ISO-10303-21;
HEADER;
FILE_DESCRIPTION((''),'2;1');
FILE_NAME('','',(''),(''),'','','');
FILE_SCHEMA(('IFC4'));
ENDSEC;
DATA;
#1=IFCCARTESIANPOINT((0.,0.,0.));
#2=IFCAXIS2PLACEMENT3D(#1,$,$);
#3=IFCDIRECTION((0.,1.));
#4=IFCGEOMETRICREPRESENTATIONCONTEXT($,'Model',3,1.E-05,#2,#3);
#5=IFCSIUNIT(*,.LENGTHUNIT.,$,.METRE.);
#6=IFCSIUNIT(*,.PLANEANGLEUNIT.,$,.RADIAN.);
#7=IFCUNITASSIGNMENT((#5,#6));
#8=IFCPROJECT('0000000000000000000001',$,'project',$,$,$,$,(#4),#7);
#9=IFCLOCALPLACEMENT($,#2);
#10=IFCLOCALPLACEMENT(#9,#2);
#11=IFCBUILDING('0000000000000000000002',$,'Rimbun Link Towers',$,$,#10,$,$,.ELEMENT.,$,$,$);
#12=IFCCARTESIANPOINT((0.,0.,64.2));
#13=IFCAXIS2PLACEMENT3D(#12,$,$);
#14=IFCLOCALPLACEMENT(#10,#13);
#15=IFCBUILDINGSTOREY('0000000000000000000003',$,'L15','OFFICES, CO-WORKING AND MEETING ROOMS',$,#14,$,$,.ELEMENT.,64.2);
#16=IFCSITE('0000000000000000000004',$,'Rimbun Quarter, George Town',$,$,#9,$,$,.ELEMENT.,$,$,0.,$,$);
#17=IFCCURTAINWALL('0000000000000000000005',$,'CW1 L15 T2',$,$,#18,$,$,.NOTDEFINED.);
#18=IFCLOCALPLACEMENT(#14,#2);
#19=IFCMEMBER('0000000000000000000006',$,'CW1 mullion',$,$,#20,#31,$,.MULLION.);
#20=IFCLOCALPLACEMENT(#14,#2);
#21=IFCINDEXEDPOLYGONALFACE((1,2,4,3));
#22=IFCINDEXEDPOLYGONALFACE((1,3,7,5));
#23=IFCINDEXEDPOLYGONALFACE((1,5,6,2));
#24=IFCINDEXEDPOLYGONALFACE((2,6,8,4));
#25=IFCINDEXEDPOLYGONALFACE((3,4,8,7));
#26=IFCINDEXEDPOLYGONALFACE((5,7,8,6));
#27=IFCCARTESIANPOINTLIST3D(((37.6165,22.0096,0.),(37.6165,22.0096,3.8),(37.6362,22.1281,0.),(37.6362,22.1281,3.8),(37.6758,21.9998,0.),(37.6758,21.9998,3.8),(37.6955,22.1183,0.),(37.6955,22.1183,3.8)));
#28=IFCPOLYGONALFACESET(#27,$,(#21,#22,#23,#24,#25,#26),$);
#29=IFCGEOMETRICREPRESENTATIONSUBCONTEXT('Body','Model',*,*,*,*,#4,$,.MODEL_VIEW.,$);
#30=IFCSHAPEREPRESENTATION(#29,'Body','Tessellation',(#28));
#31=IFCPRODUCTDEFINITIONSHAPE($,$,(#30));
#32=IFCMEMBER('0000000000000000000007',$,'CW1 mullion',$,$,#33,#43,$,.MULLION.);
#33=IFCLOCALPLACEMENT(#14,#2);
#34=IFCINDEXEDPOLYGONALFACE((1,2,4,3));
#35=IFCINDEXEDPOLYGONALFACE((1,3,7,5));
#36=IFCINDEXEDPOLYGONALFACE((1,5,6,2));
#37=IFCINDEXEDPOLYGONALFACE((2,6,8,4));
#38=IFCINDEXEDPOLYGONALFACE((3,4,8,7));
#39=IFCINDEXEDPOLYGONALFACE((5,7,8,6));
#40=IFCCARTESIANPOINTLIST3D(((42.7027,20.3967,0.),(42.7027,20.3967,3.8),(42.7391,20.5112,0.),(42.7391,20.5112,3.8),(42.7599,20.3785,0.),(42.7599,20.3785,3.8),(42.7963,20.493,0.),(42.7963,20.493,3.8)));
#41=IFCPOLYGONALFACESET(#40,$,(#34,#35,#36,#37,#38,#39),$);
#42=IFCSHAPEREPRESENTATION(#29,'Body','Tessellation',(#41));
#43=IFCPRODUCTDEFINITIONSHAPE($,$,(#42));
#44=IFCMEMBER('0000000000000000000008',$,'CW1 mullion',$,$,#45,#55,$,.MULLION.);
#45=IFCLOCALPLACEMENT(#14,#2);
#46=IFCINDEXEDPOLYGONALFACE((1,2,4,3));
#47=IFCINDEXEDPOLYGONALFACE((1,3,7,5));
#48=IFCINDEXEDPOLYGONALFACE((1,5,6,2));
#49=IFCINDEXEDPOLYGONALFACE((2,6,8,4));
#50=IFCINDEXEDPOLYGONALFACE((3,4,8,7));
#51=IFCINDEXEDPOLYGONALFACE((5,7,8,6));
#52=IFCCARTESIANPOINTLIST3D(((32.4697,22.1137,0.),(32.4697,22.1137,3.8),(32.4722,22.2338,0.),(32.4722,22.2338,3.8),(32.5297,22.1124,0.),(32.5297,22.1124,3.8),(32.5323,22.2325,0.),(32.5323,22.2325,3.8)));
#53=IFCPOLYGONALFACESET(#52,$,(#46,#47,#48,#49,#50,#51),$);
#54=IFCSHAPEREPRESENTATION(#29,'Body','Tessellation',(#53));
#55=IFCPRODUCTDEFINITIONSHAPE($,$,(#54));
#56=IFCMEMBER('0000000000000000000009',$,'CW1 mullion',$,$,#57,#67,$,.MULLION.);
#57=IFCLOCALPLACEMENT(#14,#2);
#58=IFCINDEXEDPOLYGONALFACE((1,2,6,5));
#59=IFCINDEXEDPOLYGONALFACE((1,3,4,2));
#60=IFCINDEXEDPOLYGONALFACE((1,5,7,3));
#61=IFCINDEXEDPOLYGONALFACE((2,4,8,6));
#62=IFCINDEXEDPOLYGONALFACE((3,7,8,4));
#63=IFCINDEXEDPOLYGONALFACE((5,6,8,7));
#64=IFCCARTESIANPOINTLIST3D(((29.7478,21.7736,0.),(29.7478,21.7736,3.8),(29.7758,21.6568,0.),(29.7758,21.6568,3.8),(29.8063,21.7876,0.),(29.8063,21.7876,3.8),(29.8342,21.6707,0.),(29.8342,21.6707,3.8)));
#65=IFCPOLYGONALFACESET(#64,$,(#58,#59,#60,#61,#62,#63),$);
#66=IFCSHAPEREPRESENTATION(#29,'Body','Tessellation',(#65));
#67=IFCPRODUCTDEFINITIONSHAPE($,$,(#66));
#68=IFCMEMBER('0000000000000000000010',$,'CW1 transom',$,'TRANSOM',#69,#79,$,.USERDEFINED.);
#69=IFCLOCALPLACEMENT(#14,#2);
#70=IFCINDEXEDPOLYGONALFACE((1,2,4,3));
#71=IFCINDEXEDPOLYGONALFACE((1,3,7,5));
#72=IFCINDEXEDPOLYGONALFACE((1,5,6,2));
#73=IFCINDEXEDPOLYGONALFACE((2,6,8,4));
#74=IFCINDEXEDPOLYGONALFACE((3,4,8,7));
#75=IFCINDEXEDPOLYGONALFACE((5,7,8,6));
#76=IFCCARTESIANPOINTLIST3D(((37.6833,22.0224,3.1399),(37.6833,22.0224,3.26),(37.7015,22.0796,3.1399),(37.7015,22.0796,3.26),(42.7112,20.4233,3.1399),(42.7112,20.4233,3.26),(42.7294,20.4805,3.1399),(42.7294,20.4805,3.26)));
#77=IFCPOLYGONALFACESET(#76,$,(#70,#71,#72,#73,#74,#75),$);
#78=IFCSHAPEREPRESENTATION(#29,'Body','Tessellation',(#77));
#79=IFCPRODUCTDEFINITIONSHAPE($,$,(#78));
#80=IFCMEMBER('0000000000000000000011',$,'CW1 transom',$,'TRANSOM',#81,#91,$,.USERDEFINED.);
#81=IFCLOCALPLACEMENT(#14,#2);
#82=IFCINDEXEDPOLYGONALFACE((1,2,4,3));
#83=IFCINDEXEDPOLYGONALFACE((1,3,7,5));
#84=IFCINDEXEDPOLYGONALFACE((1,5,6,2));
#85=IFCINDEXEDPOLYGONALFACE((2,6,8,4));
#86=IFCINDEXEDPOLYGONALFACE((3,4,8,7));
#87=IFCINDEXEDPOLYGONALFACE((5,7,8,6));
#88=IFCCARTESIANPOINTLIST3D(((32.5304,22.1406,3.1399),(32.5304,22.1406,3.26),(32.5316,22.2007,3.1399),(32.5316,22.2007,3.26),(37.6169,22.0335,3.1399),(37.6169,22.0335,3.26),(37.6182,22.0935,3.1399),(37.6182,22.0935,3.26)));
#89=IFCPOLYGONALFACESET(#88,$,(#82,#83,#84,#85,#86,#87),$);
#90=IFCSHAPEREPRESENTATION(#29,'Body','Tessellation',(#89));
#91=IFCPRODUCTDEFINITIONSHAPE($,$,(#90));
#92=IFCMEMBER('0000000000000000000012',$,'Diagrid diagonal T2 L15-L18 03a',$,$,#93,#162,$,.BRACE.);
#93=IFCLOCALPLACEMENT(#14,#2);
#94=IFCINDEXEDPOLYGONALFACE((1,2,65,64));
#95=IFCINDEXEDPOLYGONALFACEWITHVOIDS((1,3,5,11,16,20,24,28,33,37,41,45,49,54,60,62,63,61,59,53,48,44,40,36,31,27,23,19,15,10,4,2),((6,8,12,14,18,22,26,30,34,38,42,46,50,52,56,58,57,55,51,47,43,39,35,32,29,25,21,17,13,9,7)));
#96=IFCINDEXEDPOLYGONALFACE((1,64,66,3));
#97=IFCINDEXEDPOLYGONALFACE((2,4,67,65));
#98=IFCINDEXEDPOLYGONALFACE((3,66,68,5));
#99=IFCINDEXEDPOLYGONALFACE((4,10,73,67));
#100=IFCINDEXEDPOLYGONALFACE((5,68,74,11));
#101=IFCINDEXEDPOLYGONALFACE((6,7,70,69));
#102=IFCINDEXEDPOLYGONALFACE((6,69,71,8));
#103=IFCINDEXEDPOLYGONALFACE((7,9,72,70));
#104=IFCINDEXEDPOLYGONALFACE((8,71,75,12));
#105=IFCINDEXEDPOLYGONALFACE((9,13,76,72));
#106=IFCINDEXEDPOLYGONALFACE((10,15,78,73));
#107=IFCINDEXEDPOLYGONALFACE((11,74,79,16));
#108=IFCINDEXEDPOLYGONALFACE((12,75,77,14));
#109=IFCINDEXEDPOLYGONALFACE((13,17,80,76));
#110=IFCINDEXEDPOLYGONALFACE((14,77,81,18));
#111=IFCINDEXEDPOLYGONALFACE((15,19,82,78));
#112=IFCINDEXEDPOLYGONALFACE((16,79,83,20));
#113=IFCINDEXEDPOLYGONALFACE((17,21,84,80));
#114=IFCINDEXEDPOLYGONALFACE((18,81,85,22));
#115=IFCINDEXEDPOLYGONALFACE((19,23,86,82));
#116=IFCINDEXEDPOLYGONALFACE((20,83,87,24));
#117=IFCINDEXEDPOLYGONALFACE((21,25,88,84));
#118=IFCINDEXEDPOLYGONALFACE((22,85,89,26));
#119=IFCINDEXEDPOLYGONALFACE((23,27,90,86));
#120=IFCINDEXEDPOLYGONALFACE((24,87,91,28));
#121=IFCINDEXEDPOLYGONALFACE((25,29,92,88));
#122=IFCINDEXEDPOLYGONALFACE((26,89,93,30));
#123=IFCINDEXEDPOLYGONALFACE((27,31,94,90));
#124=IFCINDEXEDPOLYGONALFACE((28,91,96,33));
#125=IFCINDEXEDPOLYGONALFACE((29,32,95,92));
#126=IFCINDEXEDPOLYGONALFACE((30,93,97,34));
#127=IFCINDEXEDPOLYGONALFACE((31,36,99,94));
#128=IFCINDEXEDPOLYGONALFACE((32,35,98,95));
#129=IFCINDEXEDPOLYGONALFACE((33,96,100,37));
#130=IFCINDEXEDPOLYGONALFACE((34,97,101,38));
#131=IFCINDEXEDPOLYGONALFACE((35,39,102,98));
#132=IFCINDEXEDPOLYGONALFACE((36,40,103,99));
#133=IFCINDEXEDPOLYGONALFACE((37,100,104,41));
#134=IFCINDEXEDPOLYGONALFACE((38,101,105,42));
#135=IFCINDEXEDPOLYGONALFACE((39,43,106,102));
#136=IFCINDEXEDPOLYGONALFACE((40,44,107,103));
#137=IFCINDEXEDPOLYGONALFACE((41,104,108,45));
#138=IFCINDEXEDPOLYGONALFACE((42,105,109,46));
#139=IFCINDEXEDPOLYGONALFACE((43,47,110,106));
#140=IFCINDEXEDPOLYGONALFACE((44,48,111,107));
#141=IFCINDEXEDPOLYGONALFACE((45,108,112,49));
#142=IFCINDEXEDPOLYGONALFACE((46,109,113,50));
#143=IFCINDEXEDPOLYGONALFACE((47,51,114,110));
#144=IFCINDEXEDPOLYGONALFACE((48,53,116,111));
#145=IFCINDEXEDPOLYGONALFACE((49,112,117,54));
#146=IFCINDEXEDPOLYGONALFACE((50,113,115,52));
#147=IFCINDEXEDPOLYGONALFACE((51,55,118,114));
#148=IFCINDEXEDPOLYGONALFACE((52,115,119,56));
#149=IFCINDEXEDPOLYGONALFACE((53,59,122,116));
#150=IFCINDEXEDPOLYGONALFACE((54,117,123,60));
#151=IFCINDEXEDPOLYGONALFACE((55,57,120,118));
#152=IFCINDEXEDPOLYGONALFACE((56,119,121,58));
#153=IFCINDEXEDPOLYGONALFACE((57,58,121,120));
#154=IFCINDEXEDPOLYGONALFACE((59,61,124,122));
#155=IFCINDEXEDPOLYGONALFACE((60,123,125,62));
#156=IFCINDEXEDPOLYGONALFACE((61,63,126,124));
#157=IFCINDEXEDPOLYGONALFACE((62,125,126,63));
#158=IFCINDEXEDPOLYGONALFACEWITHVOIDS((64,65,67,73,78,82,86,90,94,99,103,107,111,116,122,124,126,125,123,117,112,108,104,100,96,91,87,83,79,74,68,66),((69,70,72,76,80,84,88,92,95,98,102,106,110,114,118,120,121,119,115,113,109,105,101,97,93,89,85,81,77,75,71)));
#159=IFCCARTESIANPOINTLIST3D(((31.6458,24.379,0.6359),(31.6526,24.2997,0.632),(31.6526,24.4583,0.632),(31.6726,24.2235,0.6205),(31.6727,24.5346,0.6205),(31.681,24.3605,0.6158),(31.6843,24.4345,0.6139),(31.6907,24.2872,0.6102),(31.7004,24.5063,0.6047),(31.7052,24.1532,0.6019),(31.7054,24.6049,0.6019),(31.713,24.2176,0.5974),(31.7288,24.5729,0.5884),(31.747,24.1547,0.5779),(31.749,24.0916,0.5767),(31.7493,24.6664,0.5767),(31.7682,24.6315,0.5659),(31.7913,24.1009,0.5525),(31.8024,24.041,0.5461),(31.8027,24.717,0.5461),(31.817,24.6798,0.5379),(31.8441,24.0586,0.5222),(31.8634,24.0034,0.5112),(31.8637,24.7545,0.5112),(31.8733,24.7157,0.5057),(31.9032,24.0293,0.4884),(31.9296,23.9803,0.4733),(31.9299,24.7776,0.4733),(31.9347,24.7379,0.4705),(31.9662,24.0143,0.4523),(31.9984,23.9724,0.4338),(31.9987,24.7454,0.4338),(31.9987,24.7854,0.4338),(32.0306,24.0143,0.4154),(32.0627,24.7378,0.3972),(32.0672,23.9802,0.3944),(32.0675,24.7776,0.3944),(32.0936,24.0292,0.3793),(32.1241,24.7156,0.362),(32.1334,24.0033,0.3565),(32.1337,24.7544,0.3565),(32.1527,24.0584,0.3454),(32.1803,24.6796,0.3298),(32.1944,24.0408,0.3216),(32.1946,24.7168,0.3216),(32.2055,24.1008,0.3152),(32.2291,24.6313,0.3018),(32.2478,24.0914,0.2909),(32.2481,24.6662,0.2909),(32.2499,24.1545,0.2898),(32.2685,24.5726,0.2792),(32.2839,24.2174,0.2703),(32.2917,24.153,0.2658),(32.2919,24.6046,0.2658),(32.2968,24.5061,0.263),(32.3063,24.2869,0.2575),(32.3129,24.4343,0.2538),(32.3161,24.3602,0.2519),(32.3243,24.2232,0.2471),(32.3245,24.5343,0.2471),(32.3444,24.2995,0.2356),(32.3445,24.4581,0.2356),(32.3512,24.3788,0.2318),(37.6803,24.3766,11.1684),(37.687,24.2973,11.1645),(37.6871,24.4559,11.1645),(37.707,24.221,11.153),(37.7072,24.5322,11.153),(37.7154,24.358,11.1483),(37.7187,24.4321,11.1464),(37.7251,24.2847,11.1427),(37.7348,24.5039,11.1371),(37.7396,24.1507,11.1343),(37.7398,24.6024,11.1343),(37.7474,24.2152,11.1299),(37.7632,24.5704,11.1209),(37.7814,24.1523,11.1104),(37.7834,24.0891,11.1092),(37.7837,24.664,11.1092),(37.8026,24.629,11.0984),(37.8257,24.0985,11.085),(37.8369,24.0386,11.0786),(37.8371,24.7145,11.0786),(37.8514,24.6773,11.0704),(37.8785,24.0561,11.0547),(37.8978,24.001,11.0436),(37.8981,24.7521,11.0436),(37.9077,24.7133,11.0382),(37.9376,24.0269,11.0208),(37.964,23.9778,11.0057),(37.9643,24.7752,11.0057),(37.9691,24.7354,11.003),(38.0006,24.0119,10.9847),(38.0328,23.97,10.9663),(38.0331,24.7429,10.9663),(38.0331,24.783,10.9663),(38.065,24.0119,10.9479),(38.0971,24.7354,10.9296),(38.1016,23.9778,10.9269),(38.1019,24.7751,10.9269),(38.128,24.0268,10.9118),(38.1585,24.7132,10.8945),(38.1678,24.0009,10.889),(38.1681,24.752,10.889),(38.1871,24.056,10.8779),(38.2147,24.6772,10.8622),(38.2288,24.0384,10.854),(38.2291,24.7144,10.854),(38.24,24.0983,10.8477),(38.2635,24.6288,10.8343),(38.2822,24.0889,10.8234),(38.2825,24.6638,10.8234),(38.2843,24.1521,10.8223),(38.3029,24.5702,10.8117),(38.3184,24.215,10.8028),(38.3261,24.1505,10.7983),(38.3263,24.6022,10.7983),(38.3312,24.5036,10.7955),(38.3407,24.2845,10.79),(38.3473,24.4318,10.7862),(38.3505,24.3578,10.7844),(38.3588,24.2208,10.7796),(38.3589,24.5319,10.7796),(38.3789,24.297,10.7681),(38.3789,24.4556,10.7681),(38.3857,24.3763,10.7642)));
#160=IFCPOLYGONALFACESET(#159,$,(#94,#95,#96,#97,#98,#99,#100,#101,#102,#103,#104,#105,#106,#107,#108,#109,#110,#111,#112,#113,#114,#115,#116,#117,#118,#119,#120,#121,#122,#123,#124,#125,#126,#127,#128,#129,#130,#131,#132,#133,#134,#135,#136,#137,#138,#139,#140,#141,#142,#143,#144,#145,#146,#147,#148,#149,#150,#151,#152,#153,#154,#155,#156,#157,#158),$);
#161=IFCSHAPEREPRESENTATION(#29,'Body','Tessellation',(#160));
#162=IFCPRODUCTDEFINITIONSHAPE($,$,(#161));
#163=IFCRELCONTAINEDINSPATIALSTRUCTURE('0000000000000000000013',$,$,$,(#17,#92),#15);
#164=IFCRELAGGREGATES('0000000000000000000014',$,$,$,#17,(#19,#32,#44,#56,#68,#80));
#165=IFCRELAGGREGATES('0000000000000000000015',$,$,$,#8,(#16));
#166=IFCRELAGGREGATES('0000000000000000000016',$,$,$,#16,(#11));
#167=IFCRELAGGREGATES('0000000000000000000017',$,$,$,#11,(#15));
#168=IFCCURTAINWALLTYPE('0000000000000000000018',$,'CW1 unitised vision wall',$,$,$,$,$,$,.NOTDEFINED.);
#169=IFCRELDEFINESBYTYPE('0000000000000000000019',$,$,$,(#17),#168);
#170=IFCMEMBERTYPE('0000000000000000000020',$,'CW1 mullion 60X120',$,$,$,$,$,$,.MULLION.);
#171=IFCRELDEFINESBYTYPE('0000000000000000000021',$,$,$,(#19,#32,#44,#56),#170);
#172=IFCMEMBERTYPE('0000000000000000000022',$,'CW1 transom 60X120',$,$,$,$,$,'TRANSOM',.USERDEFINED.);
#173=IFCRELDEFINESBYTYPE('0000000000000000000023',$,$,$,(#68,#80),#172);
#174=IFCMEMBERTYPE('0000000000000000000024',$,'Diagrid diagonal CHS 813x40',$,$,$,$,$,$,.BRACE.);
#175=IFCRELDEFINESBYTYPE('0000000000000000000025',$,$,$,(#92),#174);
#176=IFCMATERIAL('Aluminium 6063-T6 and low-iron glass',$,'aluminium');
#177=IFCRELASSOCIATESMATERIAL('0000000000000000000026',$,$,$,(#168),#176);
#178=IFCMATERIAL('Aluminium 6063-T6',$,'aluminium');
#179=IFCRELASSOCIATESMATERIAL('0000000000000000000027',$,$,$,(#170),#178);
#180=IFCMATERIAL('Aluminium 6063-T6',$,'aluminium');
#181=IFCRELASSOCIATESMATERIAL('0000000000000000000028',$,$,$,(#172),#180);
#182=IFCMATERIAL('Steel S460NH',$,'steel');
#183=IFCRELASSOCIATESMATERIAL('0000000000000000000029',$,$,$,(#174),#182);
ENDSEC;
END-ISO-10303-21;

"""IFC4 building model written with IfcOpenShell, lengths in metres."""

from ifc_helpers import new_model, si_unit, direction, frame, origin, origin_2d, place, context, subcontext, project, spatial, rectangle, hollow_circle, extrude, material, material_profile, profile_set, type_object, element, aggregate, save


model = new_model("IFC4")

# Units and contexts
model_context = context("Model", 3, precision=1e-05, world=origin(), true_north=direction((0.0, 1.0)))
body_context = subcontext(model_context, "Body", "Model", "MODEL_VIEW")
ifc_project = project(units=[si_unit("LENGTHUNIT", "METRE"), si_unit("PLANEANGLEUNIT", "RADIAN")], contexts=[model_context])

# Site, building, storey
site_placement = place(None, origin())
site = spatial("IfcSite", under=ifc_project, at=site_placement, Name="Rimbun Quarter, George Town", CompositionType="ELEMENT", RefElevation=0.0)
building_placement = place(site_placement, origin())
building = spatial("IfcBuilding", under=site, at=building_placement, Name="Rimbun Link Towers", CompositionType="ELEMENT")
storey_placement = place(building_placement, frame((0.0, 0.0, 64.2)))
storey = spatial("IfcBuildingStorey", under=building, at=storey_placement, Name="L15", Description="OFFICES, CO-WORKING AND MEETING ROOMS", CompositionType="ELEMENT", Elevation=64.2)

# Curtain wall, members
ifc_material_1 = material(Name="Aluminium 6063-T6 and low-iron glass", Category="aluminium")
curtain_wall_type = type_object("IfcCurtainWallType", Name="CW1 unitised vision wall", PredefinedType="NOTDEFINED", material=ifc_material_1)
curtain_wall_placement = place(storey_placement, origin())
curtain_wall = element("IfcCurtainWall", 1, at=curtain_wall_placement, inside=storey, type_object=curtain_wall_type, Name="CW1 L15 T2", PredefinedType="NOTDEFINED")
ifc_material_2 = material(Name="Aluminium 6063-T6", Category="aluminium")
ifc_material_profile_1 = material_profile(ifc_material_2, rectangle(XDim=0.1201, YDim=0.0601, at=origin_2d()), Name="MULLION 60X120")
ifc_profile_set_1 = profile_set([ifc_material_profile_1], Name="Aluminium 6063-T6")
member_type_1 = type_object("IfcMemberType", Name="CW1 mullion 60X120", PredefinedType="MULLION", material=ifc_profile_set_1)
member_1_placement = place(storey_placement, frame((37.656, 22.064, 0.0), z_axis=(0.0, 0.0, 1.0), x_axis=(0.163744, 0.986503, 0.0)))
member_1 = element("IfcMember", 2, at=member_1_placement, type_object=member_type_1, Name="CW1 mullion", PredefinedType="MULLION", context=body_context, shape_type="SweptSolid", body=[
    extrude(rectangle(XDim=0.1201, YDim=0.0601, at=origin_2d()), origin(), (0.0, 0.0, 1.0), 3.8),
])
member_2_placement = place(storey_placement, frame((42.7495, 20.4448, 0.0), z_axis=(0.0, 0.0, 1.0), x_axis=(0.303066, 0.95297, 0.0)))
member_2 = element("IfcMember", 3, at=member_2_placement, type_object=member_type_1, Name="CW1 mullion", PredefinedType="MULLION", context=body_context, shape_type="SweptSolid", body=[
    extrude(rectangle(XDim=0.1201, YDim=0.0601, at=origin_2d()), origin(), (0.0, 0.0, 1.0), 3.8),
])
member_3_placement = place(storey_placement, frame((32.501, 22.1731, 0.0), z_axis=(0.0, 0.0, 1.0), x_axis=(0.02106, 0.999778, 0.0)))
member_3 = element("IfcMember", 4, at=member_3_placement, type_object=member_type_1, Name="CW1 mullion", PredefinedType="MULLION", context=body_context, shape_type="SweptSolid", body=[
    extrude(rectangle(XDim=0.1201, YDim=0.0601, at=origin_2d()), origin(), (0.0, 0.0, 1.0), 3.8),
])
member_4_placement = place(storey_placement, frame((29.791, 21.7222, 0.0), z_axis=(0.0, 0.0, 1.0), x_axis=(-0.232601, 0.972572, 0.0)))
member_4 = element("IfcMember", 5, at=member_4_placement, type_object=member_type_1, Name="CW1 mullion", PredefinedType="MULLION", context=body_context, shape_type="SweptSolid", body=[
    extrude(rectangle(XDim=0.1201, YDim=0.0601, at=origin_2d()), origin(), (0.0, 0.0, 1.0), 3.8),
])
ifc_material_3 = material(Name="Aluminium 6063-T6", Category="aluminium")
ifc_material_profile_2 = material_profile(ifc_material_3, rectangle(XDim=0.0601, YDim=0.1201, at=origin_2d()), Name="TRANSOM 60X120")
ifc_profile_set_2 = profile_set([ifc_material_profile_2], Name="Aluminium 6063-T6")
member_type_2 = type_object("IfcMemberType", Name="CW1 transom 60X120", ElementType="TRANSOM", PredefinedType="USERDEFINED", material=ifc_profile_set_2)
member_5_placement = place(storey_placement, frame((37.6924, 22.051, 3.2), z_axis=(0.952961, -0.303093, 0.0), x_axis=(0.303093, 0.952961, 0.0)))
member_5 = element("IfcMember", 6, at=member_5_placement, type_object=member_type_2, Name="CW1 transom", ObjectType="TRANSOM", PredefinedType="USERDEFINED", context=body_context, shape_type="SweptSolid", body=[
    extrude(rectangle(XDim=0.0601, YDim=0.1201, at=origin_2d()), origin(), (0.0, 0.0, 1.0), 5.2761),
])
member_6_placement = place(storey_placement, frame((32.531, 22.1707, 3.2), z_axis=(0.999778, -0.021067, 0.0), x_axis=(0.021067, 0.999778, 0.0)))
member_6 = element("IfcMember", 7, at=member_6_placement, type_object=member_type_2, Name="CW1 transom", ObjectType="TRANSOM", PredefinedType="USERDEFINED", context=body_context, shape_type="SweptSolid", body=[
    extrude(rectangle(XDim=0.0601, YDim=0.1201, at=origin_2d()), origin(), (0.0, 0.0, 1.0), 5.0876),
])

# Member
ifc_material_4 = material(Name="Steel S460NH", Category="steel")
ifc_material_profile_3 = material_profile(ifc_material_4, hollow_circle(Radius=0.4065, WallThickness=0.04, at=origin_2d()), Name="Diagrid diagonal CHS 813x40")
ifc_profile_set_3 = profile_set([ifc_material_profile_3], Name="Steel S460NH")
member_type_3 = type_object("IfcMemberType", Name="Diagrid diagonal CHS 813x40", PredefinedType="BRACE", material=ifc_profile_set_3)
member_7_placement = place(storey_placement, frame((31.9985, 24.3789, 0.4338), z_axis=(0.497124, -0.000201, 0.867679), x_axis=(0.000405, 1.0, 0.0)))
element("IfcMember", 8, at=member_7_placement, inside=storey, type_object=member_type_3, Name="Diagrid diagonal T2 L15-L18 03a", PredefinedType="BRACE", context=body_context, shape_type="SweptSolid", body=[
    extrude(hollow_circle(Radius=0.4065, WallThickness=0.04, at=origin_2d()), origin(), (0.0, 0.0, 1.0), 12.1387),
])

aggregate(curtain_wall, [member_1, member_2, member_3, member_4, member_5, member_6])

save(model, "model.ifc")
